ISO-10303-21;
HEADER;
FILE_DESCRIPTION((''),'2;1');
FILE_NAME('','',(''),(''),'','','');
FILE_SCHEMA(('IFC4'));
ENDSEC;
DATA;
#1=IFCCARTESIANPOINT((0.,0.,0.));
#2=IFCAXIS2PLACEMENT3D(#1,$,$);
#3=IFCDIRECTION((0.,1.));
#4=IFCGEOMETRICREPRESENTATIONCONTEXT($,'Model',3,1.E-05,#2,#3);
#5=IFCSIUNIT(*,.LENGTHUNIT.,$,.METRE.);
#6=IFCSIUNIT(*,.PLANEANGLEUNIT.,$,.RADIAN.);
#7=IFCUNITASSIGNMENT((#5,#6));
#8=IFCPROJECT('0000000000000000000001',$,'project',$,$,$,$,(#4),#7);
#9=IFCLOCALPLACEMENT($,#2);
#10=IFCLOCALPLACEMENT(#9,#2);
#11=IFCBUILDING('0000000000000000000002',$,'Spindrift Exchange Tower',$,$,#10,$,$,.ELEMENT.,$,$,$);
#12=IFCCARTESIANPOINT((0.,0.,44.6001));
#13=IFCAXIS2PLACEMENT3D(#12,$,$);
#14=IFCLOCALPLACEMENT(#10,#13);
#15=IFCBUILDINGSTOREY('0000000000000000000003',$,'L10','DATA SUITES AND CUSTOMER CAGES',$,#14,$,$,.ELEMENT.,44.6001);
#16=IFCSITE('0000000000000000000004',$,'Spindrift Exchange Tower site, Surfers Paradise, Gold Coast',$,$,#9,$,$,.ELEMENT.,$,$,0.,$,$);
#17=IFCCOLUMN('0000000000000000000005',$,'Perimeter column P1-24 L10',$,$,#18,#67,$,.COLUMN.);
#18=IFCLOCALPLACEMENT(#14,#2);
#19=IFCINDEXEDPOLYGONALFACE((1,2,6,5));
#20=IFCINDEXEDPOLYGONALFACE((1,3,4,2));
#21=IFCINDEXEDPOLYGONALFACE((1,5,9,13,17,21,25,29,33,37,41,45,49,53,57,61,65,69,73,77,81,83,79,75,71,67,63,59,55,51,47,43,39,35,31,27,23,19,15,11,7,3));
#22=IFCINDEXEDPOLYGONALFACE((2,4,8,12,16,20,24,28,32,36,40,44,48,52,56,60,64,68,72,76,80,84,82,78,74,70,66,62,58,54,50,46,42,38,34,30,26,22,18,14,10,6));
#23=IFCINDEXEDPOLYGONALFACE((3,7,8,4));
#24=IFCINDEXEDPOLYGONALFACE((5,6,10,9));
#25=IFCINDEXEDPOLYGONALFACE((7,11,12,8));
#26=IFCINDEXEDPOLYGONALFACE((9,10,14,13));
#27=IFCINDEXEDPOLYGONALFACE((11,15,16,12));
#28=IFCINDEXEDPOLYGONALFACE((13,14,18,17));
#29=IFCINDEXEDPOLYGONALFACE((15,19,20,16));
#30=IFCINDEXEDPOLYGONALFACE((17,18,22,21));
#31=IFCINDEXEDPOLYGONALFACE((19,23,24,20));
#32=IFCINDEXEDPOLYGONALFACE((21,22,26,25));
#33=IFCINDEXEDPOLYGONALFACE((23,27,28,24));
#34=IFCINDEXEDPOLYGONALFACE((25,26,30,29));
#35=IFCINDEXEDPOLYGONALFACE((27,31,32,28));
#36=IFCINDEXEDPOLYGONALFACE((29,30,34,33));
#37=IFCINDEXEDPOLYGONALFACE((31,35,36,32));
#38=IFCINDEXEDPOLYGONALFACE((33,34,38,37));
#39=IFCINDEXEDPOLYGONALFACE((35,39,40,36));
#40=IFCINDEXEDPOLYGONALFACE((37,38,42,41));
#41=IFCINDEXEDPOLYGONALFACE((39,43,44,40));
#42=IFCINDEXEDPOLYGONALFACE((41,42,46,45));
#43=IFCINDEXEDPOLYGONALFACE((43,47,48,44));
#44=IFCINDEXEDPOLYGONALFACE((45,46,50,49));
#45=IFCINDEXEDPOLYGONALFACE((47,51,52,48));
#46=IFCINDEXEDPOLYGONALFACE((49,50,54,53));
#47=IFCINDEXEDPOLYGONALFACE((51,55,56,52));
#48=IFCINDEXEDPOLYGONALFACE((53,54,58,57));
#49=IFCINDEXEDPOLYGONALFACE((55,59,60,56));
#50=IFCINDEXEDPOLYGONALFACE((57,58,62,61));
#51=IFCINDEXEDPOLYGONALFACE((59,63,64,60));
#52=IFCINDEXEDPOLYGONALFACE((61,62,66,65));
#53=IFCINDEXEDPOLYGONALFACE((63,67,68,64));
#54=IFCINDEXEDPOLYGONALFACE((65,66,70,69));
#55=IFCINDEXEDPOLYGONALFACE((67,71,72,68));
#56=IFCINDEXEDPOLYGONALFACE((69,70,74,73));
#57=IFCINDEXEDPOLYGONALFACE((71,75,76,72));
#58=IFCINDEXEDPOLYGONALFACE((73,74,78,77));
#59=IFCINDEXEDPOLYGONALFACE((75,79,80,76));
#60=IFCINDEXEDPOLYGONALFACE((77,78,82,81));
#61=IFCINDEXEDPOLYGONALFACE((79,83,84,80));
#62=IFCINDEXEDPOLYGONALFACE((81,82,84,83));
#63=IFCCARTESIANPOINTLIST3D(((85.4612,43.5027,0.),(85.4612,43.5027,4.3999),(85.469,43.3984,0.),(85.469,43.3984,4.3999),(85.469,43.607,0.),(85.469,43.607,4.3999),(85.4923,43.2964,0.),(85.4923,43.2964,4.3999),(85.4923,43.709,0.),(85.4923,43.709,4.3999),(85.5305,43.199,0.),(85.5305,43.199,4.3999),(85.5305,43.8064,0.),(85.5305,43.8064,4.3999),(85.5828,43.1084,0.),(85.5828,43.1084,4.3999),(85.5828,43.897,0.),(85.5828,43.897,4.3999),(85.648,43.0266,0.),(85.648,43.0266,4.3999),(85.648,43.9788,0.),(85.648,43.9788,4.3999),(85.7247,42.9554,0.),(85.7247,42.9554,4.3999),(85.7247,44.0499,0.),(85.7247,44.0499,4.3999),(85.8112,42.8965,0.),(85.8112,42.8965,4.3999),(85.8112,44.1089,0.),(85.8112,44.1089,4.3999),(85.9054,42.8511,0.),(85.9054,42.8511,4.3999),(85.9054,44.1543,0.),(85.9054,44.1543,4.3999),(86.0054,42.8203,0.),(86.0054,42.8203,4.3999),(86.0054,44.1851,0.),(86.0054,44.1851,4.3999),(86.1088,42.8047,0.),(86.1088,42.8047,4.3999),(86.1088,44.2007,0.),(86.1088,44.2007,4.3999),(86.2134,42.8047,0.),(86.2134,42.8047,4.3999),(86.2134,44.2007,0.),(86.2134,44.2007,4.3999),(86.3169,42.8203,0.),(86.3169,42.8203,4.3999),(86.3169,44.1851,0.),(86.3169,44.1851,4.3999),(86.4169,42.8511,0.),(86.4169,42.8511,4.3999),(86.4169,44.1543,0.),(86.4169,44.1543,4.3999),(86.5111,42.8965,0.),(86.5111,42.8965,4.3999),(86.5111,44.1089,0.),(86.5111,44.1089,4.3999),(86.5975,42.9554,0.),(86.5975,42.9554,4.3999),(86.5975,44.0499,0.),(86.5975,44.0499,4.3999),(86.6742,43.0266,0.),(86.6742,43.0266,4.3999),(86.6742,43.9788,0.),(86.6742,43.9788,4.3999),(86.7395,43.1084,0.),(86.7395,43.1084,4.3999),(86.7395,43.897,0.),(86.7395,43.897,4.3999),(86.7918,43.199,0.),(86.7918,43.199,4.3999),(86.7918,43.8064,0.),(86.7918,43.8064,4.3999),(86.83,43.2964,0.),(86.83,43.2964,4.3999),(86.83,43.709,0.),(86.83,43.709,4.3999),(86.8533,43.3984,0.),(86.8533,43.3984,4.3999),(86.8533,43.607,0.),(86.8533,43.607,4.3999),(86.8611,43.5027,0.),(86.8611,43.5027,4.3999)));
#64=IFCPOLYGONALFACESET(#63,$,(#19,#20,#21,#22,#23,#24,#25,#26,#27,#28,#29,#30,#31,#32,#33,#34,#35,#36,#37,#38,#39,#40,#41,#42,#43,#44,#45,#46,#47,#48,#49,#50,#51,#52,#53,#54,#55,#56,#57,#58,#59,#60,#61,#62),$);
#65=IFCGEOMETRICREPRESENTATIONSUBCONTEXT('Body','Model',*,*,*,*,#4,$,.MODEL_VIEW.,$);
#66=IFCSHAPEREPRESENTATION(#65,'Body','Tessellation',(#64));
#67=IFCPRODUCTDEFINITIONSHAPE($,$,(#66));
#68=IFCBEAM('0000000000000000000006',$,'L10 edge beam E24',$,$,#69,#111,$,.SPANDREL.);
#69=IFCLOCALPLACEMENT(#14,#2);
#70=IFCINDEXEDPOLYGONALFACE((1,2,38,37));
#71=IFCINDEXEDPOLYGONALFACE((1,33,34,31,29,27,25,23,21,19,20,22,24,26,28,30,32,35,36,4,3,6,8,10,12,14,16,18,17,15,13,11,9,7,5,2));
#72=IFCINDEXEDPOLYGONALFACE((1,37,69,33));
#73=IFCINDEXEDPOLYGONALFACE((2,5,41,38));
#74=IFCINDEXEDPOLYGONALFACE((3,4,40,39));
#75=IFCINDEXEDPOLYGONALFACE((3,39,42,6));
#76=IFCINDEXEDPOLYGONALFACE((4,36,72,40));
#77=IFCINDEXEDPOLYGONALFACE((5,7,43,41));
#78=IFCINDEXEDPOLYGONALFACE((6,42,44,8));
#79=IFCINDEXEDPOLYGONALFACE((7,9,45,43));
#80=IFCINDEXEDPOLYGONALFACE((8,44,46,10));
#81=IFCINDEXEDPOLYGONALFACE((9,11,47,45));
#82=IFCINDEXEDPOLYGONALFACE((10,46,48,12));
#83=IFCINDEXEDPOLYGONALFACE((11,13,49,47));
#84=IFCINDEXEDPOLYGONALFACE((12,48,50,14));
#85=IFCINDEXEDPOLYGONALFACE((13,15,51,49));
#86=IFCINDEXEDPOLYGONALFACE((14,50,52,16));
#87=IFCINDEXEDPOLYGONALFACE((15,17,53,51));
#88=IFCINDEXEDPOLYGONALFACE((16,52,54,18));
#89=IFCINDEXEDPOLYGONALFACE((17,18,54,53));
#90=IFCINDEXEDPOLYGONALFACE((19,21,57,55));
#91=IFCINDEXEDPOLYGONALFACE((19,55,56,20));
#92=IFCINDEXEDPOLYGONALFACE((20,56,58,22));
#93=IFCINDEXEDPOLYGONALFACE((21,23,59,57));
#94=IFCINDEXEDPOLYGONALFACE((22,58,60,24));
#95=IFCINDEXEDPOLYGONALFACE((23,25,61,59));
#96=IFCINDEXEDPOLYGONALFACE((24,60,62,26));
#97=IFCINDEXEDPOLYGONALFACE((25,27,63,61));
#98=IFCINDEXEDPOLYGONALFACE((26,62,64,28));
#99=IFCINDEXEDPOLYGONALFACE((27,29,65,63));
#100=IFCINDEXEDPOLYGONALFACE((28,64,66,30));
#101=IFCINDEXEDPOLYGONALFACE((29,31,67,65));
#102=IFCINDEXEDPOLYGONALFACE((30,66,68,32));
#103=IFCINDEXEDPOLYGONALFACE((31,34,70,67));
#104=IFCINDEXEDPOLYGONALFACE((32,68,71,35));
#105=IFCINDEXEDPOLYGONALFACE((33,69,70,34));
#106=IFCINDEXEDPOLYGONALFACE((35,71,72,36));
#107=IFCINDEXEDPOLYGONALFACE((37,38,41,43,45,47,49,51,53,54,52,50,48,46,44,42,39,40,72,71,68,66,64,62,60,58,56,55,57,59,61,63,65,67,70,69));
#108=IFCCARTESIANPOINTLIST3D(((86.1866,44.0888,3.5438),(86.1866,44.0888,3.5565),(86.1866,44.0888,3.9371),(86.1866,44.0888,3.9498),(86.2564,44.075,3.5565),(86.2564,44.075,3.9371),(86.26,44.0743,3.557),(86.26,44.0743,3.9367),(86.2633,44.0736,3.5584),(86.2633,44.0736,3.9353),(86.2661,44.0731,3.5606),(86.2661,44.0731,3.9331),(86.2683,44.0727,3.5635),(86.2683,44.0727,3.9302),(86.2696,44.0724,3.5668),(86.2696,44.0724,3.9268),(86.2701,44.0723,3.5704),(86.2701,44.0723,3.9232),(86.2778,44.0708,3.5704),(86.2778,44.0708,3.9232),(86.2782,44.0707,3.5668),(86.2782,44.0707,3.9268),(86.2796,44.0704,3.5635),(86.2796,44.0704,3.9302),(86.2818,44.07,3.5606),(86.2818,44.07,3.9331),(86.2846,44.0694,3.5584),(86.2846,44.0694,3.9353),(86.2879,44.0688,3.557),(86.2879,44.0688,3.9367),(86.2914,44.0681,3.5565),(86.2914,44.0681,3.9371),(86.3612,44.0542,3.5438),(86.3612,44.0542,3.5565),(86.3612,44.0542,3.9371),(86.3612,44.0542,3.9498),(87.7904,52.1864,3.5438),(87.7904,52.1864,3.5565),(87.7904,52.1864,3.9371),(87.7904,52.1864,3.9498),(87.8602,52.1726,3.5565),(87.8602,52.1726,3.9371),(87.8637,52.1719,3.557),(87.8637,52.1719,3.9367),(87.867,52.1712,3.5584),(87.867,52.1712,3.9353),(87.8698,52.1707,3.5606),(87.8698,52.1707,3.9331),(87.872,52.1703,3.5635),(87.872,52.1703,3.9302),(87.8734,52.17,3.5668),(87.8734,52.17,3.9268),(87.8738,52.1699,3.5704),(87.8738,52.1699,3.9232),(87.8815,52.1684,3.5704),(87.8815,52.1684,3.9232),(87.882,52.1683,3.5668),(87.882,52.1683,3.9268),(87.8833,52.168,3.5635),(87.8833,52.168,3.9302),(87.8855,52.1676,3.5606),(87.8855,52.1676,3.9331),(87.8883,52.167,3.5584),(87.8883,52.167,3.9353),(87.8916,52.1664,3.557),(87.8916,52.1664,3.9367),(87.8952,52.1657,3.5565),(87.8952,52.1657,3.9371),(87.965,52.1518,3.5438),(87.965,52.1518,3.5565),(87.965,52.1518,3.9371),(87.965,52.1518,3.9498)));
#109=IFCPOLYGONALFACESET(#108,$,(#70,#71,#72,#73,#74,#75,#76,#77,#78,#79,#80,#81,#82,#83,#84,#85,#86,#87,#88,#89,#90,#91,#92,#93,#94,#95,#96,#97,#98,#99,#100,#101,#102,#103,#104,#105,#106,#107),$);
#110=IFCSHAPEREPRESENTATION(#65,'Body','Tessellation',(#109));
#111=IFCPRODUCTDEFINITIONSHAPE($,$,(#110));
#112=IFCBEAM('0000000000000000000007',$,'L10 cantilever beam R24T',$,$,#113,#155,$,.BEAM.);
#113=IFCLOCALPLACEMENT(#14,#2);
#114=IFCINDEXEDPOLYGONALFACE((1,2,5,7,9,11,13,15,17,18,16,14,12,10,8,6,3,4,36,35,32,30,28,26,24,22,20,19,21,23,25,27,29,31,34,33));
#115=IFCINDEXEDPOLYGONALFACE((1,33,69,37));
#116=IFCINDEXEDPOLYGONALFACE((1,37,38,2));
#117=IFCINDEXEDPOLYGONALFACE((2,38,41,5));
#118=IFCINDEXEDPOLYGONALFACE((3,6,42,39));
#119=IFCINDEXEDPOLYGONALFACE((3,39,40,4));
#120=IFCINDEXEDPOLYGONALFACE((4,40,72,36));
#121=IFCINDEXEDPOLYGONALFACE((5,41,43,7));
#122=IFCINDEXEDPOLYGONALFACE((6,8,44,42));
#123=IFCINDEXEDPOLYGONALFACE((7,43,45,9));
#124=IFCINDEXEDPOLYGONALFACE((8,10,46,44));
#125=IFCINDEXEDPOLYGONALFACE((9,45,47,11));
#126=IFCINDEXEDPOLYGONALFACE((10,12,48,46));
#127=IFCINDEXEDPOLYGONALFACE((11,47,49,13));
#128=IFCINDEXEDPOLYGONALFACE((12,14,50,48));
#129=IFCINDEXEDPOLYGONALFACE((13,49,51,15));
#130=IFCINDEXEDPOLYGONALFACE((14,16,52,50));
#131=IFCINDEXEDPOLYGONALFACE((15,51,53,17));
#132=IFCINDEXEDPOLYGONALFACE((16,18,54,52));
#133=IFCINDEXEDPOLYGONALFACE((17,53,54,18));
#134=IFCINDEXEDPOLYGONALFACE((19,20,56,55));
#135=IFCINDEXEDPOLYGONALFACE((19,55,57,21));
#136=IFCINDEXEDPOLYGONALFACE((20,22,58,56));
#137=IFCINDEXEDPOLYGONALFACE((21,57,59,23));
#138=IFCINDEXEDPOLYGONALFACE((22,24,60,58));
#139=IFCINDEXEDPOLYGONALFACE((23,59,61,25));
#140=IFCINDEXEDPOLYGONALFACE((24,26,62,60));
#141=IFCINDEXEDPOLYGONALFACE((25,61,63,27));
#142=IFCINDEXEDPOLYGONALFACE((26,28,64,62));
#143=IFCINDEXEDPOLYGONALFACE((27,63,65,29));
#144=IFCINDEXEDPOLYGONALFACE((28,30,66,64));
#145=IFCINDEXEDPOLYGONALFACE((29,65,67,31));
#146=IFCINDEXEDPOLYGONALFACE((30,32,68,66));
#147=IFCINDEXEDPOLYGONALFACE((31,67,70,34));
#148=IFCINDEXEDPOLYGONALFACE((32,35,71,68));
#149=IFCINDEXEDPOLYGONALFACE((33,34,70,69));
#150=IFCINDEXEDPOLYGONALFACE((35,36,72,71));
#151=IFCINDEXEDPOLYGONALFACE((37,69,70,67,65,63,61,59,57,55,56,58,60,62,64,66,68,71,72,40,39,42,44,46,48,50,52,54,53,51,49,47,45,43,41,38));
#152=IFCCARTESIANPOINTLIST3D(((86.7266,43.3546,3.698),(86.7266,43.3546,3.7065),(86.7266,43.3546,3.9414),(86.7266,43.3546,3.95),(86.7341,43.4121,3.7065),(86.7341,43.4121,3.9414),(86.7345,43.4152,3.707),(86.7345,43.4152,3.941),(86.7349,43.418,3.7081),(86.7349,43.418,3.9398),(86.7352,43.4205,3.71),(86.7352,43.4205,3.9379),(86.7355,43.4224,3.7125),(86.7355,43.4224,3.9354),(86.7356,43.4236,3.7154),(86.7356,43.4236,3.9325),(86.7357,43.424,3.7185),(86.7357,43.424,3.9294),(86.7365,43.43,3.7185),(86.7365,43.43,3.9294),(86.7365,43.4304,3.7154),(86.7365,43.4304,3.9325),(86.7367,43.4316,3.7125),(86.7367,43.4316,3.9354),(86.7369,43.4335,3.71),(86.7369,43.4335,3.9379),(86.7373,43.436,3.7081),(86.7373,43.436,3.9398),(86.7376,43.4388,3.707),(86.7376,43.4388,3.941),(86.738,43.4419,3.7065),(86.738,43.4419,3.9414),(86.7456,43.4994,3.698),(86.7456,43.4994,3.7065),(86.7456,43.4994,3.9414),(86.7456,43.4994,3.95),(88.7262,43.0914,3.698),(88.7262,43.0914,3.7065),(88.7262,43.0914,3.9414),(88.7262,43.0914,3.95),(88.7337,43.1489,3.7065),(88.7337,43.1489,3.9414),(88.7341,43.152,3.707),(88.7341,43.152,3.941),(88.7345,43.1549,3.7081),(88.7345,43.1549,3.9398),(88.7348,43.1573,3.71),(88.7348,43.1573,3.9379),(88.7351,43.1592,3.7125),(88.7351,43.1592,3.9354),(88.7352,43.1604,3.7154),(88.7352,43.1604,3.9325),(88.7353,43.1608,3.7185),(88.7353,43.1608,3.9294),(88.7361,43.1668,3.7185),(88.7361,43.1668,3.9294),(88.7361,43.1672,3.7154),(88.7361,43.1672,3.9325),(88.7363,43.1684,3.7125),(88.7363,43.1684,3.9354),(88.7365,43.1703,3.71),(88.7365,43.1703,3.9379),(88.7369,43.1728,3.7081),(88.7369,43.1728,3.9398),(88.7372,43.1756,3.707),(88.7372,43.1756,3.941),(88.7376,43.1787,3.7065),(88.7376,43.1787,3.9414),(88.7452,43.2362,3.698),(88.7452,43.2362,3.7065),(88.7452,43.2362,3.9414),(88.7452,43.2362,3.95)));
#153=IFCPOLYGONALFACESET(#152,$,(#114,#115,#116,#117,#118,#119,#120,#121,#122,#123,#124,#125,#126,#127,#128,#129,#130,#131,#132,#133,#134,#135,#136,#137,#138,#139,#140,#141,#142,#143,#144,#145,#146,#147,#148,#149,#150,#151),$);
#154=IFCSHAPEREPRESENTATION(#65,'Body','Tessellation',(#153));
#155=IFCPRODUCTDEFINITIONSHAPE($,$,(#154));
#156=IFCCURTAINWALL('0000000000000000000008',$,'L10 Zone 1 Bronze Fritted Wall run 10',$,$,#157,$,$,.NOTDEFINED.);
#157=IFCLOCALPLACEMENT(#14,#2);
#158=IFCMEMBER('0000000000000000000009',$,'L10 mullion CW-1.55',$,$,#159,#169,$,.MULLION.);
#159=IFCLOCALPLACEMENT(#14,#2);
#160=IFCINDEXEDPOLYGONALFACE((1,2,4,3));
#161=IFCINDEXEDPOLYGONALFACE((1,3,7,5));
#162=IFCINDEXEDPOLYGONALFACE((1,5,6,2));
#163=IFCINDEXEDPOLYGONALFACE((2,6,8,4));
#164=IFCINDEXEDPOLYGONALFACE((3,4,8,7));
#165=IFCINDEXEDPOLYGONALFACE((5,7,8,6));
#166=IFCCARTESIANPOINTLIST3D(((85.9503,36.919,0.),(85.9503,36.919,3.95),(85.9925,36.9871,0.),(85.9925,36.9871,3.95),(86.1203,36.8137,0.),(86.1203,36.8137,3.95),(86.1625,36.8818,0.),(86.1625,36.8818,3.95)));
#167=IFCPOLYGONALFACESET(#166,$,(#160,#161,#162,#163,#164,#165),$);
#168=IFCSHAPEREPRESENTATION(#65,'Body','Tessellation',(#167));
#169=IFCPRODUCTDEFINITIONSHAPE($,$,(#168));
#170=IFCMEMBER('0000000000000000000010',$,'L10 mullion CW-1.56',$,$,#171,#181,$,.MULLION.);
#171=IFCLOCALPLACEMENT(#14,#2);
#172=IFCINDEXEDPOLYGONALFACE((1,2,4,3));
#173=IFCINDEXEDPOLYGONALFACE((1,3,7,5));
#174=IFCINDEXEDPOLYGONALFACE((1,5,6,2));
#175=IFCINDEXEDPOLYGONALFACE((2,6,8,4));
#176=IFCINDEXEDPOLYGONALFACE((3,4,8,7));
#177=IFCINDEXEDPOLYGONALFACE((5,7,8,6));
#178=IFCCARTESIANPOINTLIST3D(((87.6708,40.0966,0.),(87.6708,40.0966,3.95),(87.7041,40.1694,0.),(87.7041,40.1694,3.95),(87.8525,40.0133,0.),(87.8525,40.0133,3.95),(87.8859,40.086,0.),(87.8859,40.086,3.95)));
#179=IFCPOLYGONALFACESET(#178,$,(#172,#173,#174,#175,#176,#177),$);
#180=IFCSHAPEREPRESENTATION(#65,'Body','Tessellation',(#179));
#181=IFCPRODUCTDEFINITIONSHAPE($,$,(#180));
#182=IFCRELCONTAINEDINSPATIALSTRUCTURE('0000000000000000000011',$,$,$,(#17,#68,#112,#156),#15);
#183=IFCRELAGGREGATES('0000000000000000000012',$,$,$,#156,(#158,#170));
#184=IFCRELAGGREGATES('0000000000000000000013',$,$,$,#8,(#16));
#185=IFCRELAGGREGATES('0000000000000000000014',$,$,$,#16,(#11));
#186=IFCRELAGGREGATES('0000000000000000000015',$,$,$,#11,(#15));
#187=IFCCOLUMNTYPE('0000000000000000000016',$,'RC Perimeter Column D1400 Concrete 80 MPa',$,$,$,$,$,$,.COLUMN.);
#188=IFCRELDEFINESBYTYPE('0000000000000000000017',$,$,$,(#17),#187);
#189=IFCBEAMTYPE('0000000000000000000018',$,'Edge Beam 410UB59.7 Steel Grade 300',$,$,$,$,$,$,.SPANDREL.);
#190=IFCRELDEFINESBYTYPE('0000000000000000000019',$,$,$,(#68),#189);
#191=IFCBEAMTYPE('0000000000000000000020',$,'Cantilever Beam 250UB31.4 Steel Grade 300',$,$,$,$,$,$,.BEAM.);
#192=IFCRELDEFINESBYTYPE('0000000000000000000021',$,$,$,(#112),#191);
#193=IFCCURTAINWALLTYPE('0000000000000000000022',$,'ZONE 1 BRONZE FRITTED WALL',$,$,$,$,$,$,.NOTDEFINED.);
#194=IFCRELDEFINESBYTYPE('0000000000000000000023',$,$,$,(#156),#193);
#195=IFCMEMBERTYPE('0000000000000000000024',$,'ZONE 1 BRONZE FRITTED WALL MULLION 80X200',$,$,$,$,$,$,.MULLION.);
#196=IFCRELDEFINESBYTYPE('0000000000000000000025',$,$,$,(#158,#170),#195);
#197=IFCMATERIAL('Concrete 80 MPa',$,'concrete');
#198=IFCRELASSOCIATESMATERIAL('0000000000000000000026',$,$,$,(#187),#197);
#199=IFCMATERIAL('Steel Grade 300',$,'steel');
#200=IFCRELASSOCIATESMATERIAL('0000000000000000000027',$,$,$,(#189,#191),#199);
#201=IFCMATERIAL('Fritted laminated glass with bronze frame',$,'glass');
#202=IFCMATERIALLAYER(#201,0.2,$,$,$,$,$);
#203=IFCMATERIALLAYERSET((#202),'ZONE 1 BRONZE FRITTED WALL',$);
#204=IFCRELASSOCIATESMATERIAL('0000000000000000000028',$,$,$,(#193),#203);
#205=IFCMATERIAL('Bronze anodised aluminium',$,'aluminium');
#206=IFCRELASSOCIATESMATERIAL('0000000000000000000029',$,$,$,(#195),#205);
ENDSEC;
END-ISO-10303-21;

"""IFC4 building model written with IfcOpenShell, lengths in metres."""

from ifc_helpers import new_model, si_unit, direction, frame, origin, origin_2d, place, context, subcontext, project, spatial, rectangle, circle, i_section, extrude, source, transform, mapped, material, layer, layer_set, material_profile, profile_set, type_object, element, aggregate, save


model = new_model("IFC4")

# Units and contexts
model_context = context("Model", 3, precision=1e-05, world=origin(), true_north=direction((0.0, 1.0)))
body_context = subcontext(model_context, "Body", "Model", "MODEL_VIEW")
ifc_project = project(units=[si_unit("LENGTHUNIT", "METRE"), si_unit("PLANEANGLEUNIT", "RADIAN")], contexts=[model_context])

# Site, building, storey
site_placement = place(None, origin())
site = spatial("IfcSite", under=ifc_project, at=site_placement, Name="Spindrift Exchange Tower site, Surfers Paradise, Gold Coast", CompositionType="ELEMENT", RefElevation=0.0)
building_placement = place(site_placement, origin())
building = spatial("IfcBuilding", under=site, at=building_placement, Name="Spindrift Exchange Tower", CompositionType="ELEMENT")
storey_placement = place(building_placement, frame((0.0, 0.0, 44.6001)))
storey = spatial("IfcBuildingStorey", under=building, at=storey_placement, Name="L10", Description="DATA SUITES AND CUSTOMER CAGES", CompositionType="ELEMENT", Elevation=44.6001)

# Column
ifc_material_1 = material(Name="Concrete 80 MPa", Category="concrete")
ifc_material_profile_1 = material_profile(ifc_material_1, circle(Radius=0.7, at=origin_2d()), Name="RC D1400")
ifc_profile_set_1 = profile_set([ifc_material_profile_1], Name="Concrete 80 MPa")
column_type = type_object("IfcColumnType", Name="RC Perimeter Column D1400 Concrete 80 MPa", PredefinedType="COLUMN", material=ifc_profile_set_1)
shared_shape_1 = source(origin(), body_context, "Body", "SweptSolid", [
    extrude(circle(Radius=0.7, at=origin_2d()), origin(), (0.0, 0.0, 1.0), 4.3999),
])
column_placement = place(storey_placement, frame((86.1611, 43.5027, 0.0), z_axis=(0.0, 0.0, 1.0), x_axis=(1.0, 0.0, 0.0)))
element("IfcColumn", 1, at=column_placement, inside=storey, type_object=column_type, Name="Perimeter column P1-24 L10", PredefinedType="COLUMN", context=body_context, shape_type="MappedRepresentation", body=[
    mapped(shared_shape_1, transform((0.0, 0.0, 0.0), scale=1.0)),
])

# Beams
ifc_material_2 = material(Name="Steel Grade 300", Category="steel")
ifc_material_profile_2 = material_profile(ifc_material_2, i_section(OverallWidth=0.178, OverallDepth=0.406, WebThickness=0.0078, FlangeThickness=0.0127, FilletRadius=0.0139, at=origin_2d()), Name="410UB59.7")
ifc_profile_set_2 = profile_set([ifc_material_profile_2], Name="Steel Grade 300")
beam_type_1 = type_object("IfcBeamType", Name="Edge Beam 410UB59.7 Steel Grade 300", PredefinedType="SPANDREL", material=ifc_profile_set_2)
shared_shape_2 = source(origin(), body_context, "Body", "SweptSolid", [
    extrude(i_section(OverallWidth=0.178, OverallDepth=0.406, WebThickness=0.0078, FlangeThickness=0.0127, FilletRadius=0.0139, at=origin_2d()), origin(), (0.0, 0.0, 1.0), 8.2549),
])
beam_1_placement = place(storey_placement, frame((86.2739, 44.0715, 3.7468), z_axis=(0.194279, 0.980946, 0.0), x_axis=(-0.980946, 0.194279, 0.0)))
element("IfcBeam", 2, at=beam_1_placement, inside=storey, type_object=beam_type_1, Name="L10 edge beam E24", PredefinedType="SPANDREL", context=body_context, shape_type="MappedRepresentation", body=[
    mapped(shared_shape_2, transform((0.0, 0.0, 0.0), scale=1.0)),
])
ifc_material_profile_3 = material_profile(ifc_material_2, i_section(OverallWidth=0.146, OverallDepth=0.252, WebThickness=0.0061, FlangeThickness=0.0085, FilletRadius=0.012, at=origin_2d()), Name="250UB31.4")
ifc_profile_set_3 = profile_set([ifc_material_profile_3], Name="Steel Grade 300")
beam_type_2 = type_object("IfcBeamType", Name="Cantilever Beam 250UB31.4 Steel Grade 300", PredefinedType="BEAM", material=ifc_profile_set_3)
shared_shape_3 = source(origin(), body_context, "Body", "SweptSolid", [
    extrude(i_section(OverallWidth=0.146, OverallDepth=0.252, WebThickness=0.0061, FlangeThickness=0.0085, FilletRadius=0.012, at=origin_2d()), origin(), (0.0, 0.0, 1.0), 2.0168),
])
beam_2_placement = place(storey_placement, frame((86.7361, 43.427, 3.824), z_axis=(0.991449, -0.130498, 0.0), x_axis=(0.130498, 0.991449, 0.0)))
element("IfcBeam", 3, at=beam_2_placement, inside=storey, type_object=beam_type_2, Name="L10 cantilever beam R24T", PredefinedType="BEAM", context=body_context, shape_type="MappedRepresentation", body=[
    mapped(shared_shape_3, transform((0.0, 0.0, 0.0), scale=1.0)),
])

# Curtain wall, members
ifc_material_3 = material(Name="Fritted laminated glass with bronze frame", Category="glass")
ifc_layer_1 = layer(ifc_material_3, 0.2)
ifc_layer_set_1 = layer_set([ifc_layer_1], Name="ZONE 1 BRONZE FRITTED WALL")
curtain_wall_type = type_object("IfcCurtainWallType", Name="ZONE 1 BRONZE FRITTED WALL", PredefinedType="NOTDEFINED", material=ifc_layer_set_1)
curtain_wall_placement = place(storey_placement, origin())
curtain_wall = element("IfcCurtainWall", 4, at=curtain_wall_placement, inside=storey, type_object=curtain_wall_type, Name="L10 Zone 1 Bronze Fritted Wall run 10", PredefinedType="NOTDEFINED")
ifc_material_4 = material(Name="Bronze anodised aluminium", Category="aluminium")
ifc_material_profile_4 = material_profile(ifc_material_4, rectangle(XDim=0.0801, YDim=0.2, at=origin_2d()), Name="ZONE 1 BRONZE FRITTED WALL MULLION 80X200")
ifc_profile_set_4 = profile_set([ifc_material_profile_4], Name="Bronze anodised aluminium")
member_type_1 = type_object("IfcMemberType", Name="ZONE 1 BRONZE FRITTED WALL MULLION 80X200", PredefinedType="MULLION", material=ifc_profile_set_4)
shared_shape_4 = source(origin(), body_context, "Body", "SweptSolid", [
    extrude(rectangle(XDim=0.0801, YDim=0.2, at=origin_2d()), origin(), (0.0, 0.0, 1.0), 3.95),
])
member_1_placement = place(storey_placement, frame((86.0564, 36.9004, 0.0), z_axis=(0.0, 0.0, 1.0), x_axis=(0.526561, 0.850137, 0.0)))
member_1 = element("IfcMember", 5, at=member_1_placement, type_object=member_type_1, Name="L10 mullion CW-1.55", PredefinedType="MULLION", context=body_context, shape_type="MappedRepresentation", body=[
    mapped(shared_shape_4, transform((0.0, 0.0, 0.0), scale=1.0)),
])
member_2_placement = place(storey_placement, frame((87.7783, 40.0913, 0.0), z_axis=(0.0, 0.0, 1.0), x_axis=(0.416682, 0.909052, 0.0)))
member_2 = element("IfcMember", 6, at=member_2_placement, type_object=member_type_1, Name="L10 mullion CW-1.56", PredefinedType="MULLION", context=body_context, shape_type="MappedRepresentation", body=[
    mapped(shared_shape_4, transform((0.0, 0.0, 0.0), scale=1.0)),
])
aggregate(curtain_wall, [member_1, member_2])

save(model, "model.ifc")
